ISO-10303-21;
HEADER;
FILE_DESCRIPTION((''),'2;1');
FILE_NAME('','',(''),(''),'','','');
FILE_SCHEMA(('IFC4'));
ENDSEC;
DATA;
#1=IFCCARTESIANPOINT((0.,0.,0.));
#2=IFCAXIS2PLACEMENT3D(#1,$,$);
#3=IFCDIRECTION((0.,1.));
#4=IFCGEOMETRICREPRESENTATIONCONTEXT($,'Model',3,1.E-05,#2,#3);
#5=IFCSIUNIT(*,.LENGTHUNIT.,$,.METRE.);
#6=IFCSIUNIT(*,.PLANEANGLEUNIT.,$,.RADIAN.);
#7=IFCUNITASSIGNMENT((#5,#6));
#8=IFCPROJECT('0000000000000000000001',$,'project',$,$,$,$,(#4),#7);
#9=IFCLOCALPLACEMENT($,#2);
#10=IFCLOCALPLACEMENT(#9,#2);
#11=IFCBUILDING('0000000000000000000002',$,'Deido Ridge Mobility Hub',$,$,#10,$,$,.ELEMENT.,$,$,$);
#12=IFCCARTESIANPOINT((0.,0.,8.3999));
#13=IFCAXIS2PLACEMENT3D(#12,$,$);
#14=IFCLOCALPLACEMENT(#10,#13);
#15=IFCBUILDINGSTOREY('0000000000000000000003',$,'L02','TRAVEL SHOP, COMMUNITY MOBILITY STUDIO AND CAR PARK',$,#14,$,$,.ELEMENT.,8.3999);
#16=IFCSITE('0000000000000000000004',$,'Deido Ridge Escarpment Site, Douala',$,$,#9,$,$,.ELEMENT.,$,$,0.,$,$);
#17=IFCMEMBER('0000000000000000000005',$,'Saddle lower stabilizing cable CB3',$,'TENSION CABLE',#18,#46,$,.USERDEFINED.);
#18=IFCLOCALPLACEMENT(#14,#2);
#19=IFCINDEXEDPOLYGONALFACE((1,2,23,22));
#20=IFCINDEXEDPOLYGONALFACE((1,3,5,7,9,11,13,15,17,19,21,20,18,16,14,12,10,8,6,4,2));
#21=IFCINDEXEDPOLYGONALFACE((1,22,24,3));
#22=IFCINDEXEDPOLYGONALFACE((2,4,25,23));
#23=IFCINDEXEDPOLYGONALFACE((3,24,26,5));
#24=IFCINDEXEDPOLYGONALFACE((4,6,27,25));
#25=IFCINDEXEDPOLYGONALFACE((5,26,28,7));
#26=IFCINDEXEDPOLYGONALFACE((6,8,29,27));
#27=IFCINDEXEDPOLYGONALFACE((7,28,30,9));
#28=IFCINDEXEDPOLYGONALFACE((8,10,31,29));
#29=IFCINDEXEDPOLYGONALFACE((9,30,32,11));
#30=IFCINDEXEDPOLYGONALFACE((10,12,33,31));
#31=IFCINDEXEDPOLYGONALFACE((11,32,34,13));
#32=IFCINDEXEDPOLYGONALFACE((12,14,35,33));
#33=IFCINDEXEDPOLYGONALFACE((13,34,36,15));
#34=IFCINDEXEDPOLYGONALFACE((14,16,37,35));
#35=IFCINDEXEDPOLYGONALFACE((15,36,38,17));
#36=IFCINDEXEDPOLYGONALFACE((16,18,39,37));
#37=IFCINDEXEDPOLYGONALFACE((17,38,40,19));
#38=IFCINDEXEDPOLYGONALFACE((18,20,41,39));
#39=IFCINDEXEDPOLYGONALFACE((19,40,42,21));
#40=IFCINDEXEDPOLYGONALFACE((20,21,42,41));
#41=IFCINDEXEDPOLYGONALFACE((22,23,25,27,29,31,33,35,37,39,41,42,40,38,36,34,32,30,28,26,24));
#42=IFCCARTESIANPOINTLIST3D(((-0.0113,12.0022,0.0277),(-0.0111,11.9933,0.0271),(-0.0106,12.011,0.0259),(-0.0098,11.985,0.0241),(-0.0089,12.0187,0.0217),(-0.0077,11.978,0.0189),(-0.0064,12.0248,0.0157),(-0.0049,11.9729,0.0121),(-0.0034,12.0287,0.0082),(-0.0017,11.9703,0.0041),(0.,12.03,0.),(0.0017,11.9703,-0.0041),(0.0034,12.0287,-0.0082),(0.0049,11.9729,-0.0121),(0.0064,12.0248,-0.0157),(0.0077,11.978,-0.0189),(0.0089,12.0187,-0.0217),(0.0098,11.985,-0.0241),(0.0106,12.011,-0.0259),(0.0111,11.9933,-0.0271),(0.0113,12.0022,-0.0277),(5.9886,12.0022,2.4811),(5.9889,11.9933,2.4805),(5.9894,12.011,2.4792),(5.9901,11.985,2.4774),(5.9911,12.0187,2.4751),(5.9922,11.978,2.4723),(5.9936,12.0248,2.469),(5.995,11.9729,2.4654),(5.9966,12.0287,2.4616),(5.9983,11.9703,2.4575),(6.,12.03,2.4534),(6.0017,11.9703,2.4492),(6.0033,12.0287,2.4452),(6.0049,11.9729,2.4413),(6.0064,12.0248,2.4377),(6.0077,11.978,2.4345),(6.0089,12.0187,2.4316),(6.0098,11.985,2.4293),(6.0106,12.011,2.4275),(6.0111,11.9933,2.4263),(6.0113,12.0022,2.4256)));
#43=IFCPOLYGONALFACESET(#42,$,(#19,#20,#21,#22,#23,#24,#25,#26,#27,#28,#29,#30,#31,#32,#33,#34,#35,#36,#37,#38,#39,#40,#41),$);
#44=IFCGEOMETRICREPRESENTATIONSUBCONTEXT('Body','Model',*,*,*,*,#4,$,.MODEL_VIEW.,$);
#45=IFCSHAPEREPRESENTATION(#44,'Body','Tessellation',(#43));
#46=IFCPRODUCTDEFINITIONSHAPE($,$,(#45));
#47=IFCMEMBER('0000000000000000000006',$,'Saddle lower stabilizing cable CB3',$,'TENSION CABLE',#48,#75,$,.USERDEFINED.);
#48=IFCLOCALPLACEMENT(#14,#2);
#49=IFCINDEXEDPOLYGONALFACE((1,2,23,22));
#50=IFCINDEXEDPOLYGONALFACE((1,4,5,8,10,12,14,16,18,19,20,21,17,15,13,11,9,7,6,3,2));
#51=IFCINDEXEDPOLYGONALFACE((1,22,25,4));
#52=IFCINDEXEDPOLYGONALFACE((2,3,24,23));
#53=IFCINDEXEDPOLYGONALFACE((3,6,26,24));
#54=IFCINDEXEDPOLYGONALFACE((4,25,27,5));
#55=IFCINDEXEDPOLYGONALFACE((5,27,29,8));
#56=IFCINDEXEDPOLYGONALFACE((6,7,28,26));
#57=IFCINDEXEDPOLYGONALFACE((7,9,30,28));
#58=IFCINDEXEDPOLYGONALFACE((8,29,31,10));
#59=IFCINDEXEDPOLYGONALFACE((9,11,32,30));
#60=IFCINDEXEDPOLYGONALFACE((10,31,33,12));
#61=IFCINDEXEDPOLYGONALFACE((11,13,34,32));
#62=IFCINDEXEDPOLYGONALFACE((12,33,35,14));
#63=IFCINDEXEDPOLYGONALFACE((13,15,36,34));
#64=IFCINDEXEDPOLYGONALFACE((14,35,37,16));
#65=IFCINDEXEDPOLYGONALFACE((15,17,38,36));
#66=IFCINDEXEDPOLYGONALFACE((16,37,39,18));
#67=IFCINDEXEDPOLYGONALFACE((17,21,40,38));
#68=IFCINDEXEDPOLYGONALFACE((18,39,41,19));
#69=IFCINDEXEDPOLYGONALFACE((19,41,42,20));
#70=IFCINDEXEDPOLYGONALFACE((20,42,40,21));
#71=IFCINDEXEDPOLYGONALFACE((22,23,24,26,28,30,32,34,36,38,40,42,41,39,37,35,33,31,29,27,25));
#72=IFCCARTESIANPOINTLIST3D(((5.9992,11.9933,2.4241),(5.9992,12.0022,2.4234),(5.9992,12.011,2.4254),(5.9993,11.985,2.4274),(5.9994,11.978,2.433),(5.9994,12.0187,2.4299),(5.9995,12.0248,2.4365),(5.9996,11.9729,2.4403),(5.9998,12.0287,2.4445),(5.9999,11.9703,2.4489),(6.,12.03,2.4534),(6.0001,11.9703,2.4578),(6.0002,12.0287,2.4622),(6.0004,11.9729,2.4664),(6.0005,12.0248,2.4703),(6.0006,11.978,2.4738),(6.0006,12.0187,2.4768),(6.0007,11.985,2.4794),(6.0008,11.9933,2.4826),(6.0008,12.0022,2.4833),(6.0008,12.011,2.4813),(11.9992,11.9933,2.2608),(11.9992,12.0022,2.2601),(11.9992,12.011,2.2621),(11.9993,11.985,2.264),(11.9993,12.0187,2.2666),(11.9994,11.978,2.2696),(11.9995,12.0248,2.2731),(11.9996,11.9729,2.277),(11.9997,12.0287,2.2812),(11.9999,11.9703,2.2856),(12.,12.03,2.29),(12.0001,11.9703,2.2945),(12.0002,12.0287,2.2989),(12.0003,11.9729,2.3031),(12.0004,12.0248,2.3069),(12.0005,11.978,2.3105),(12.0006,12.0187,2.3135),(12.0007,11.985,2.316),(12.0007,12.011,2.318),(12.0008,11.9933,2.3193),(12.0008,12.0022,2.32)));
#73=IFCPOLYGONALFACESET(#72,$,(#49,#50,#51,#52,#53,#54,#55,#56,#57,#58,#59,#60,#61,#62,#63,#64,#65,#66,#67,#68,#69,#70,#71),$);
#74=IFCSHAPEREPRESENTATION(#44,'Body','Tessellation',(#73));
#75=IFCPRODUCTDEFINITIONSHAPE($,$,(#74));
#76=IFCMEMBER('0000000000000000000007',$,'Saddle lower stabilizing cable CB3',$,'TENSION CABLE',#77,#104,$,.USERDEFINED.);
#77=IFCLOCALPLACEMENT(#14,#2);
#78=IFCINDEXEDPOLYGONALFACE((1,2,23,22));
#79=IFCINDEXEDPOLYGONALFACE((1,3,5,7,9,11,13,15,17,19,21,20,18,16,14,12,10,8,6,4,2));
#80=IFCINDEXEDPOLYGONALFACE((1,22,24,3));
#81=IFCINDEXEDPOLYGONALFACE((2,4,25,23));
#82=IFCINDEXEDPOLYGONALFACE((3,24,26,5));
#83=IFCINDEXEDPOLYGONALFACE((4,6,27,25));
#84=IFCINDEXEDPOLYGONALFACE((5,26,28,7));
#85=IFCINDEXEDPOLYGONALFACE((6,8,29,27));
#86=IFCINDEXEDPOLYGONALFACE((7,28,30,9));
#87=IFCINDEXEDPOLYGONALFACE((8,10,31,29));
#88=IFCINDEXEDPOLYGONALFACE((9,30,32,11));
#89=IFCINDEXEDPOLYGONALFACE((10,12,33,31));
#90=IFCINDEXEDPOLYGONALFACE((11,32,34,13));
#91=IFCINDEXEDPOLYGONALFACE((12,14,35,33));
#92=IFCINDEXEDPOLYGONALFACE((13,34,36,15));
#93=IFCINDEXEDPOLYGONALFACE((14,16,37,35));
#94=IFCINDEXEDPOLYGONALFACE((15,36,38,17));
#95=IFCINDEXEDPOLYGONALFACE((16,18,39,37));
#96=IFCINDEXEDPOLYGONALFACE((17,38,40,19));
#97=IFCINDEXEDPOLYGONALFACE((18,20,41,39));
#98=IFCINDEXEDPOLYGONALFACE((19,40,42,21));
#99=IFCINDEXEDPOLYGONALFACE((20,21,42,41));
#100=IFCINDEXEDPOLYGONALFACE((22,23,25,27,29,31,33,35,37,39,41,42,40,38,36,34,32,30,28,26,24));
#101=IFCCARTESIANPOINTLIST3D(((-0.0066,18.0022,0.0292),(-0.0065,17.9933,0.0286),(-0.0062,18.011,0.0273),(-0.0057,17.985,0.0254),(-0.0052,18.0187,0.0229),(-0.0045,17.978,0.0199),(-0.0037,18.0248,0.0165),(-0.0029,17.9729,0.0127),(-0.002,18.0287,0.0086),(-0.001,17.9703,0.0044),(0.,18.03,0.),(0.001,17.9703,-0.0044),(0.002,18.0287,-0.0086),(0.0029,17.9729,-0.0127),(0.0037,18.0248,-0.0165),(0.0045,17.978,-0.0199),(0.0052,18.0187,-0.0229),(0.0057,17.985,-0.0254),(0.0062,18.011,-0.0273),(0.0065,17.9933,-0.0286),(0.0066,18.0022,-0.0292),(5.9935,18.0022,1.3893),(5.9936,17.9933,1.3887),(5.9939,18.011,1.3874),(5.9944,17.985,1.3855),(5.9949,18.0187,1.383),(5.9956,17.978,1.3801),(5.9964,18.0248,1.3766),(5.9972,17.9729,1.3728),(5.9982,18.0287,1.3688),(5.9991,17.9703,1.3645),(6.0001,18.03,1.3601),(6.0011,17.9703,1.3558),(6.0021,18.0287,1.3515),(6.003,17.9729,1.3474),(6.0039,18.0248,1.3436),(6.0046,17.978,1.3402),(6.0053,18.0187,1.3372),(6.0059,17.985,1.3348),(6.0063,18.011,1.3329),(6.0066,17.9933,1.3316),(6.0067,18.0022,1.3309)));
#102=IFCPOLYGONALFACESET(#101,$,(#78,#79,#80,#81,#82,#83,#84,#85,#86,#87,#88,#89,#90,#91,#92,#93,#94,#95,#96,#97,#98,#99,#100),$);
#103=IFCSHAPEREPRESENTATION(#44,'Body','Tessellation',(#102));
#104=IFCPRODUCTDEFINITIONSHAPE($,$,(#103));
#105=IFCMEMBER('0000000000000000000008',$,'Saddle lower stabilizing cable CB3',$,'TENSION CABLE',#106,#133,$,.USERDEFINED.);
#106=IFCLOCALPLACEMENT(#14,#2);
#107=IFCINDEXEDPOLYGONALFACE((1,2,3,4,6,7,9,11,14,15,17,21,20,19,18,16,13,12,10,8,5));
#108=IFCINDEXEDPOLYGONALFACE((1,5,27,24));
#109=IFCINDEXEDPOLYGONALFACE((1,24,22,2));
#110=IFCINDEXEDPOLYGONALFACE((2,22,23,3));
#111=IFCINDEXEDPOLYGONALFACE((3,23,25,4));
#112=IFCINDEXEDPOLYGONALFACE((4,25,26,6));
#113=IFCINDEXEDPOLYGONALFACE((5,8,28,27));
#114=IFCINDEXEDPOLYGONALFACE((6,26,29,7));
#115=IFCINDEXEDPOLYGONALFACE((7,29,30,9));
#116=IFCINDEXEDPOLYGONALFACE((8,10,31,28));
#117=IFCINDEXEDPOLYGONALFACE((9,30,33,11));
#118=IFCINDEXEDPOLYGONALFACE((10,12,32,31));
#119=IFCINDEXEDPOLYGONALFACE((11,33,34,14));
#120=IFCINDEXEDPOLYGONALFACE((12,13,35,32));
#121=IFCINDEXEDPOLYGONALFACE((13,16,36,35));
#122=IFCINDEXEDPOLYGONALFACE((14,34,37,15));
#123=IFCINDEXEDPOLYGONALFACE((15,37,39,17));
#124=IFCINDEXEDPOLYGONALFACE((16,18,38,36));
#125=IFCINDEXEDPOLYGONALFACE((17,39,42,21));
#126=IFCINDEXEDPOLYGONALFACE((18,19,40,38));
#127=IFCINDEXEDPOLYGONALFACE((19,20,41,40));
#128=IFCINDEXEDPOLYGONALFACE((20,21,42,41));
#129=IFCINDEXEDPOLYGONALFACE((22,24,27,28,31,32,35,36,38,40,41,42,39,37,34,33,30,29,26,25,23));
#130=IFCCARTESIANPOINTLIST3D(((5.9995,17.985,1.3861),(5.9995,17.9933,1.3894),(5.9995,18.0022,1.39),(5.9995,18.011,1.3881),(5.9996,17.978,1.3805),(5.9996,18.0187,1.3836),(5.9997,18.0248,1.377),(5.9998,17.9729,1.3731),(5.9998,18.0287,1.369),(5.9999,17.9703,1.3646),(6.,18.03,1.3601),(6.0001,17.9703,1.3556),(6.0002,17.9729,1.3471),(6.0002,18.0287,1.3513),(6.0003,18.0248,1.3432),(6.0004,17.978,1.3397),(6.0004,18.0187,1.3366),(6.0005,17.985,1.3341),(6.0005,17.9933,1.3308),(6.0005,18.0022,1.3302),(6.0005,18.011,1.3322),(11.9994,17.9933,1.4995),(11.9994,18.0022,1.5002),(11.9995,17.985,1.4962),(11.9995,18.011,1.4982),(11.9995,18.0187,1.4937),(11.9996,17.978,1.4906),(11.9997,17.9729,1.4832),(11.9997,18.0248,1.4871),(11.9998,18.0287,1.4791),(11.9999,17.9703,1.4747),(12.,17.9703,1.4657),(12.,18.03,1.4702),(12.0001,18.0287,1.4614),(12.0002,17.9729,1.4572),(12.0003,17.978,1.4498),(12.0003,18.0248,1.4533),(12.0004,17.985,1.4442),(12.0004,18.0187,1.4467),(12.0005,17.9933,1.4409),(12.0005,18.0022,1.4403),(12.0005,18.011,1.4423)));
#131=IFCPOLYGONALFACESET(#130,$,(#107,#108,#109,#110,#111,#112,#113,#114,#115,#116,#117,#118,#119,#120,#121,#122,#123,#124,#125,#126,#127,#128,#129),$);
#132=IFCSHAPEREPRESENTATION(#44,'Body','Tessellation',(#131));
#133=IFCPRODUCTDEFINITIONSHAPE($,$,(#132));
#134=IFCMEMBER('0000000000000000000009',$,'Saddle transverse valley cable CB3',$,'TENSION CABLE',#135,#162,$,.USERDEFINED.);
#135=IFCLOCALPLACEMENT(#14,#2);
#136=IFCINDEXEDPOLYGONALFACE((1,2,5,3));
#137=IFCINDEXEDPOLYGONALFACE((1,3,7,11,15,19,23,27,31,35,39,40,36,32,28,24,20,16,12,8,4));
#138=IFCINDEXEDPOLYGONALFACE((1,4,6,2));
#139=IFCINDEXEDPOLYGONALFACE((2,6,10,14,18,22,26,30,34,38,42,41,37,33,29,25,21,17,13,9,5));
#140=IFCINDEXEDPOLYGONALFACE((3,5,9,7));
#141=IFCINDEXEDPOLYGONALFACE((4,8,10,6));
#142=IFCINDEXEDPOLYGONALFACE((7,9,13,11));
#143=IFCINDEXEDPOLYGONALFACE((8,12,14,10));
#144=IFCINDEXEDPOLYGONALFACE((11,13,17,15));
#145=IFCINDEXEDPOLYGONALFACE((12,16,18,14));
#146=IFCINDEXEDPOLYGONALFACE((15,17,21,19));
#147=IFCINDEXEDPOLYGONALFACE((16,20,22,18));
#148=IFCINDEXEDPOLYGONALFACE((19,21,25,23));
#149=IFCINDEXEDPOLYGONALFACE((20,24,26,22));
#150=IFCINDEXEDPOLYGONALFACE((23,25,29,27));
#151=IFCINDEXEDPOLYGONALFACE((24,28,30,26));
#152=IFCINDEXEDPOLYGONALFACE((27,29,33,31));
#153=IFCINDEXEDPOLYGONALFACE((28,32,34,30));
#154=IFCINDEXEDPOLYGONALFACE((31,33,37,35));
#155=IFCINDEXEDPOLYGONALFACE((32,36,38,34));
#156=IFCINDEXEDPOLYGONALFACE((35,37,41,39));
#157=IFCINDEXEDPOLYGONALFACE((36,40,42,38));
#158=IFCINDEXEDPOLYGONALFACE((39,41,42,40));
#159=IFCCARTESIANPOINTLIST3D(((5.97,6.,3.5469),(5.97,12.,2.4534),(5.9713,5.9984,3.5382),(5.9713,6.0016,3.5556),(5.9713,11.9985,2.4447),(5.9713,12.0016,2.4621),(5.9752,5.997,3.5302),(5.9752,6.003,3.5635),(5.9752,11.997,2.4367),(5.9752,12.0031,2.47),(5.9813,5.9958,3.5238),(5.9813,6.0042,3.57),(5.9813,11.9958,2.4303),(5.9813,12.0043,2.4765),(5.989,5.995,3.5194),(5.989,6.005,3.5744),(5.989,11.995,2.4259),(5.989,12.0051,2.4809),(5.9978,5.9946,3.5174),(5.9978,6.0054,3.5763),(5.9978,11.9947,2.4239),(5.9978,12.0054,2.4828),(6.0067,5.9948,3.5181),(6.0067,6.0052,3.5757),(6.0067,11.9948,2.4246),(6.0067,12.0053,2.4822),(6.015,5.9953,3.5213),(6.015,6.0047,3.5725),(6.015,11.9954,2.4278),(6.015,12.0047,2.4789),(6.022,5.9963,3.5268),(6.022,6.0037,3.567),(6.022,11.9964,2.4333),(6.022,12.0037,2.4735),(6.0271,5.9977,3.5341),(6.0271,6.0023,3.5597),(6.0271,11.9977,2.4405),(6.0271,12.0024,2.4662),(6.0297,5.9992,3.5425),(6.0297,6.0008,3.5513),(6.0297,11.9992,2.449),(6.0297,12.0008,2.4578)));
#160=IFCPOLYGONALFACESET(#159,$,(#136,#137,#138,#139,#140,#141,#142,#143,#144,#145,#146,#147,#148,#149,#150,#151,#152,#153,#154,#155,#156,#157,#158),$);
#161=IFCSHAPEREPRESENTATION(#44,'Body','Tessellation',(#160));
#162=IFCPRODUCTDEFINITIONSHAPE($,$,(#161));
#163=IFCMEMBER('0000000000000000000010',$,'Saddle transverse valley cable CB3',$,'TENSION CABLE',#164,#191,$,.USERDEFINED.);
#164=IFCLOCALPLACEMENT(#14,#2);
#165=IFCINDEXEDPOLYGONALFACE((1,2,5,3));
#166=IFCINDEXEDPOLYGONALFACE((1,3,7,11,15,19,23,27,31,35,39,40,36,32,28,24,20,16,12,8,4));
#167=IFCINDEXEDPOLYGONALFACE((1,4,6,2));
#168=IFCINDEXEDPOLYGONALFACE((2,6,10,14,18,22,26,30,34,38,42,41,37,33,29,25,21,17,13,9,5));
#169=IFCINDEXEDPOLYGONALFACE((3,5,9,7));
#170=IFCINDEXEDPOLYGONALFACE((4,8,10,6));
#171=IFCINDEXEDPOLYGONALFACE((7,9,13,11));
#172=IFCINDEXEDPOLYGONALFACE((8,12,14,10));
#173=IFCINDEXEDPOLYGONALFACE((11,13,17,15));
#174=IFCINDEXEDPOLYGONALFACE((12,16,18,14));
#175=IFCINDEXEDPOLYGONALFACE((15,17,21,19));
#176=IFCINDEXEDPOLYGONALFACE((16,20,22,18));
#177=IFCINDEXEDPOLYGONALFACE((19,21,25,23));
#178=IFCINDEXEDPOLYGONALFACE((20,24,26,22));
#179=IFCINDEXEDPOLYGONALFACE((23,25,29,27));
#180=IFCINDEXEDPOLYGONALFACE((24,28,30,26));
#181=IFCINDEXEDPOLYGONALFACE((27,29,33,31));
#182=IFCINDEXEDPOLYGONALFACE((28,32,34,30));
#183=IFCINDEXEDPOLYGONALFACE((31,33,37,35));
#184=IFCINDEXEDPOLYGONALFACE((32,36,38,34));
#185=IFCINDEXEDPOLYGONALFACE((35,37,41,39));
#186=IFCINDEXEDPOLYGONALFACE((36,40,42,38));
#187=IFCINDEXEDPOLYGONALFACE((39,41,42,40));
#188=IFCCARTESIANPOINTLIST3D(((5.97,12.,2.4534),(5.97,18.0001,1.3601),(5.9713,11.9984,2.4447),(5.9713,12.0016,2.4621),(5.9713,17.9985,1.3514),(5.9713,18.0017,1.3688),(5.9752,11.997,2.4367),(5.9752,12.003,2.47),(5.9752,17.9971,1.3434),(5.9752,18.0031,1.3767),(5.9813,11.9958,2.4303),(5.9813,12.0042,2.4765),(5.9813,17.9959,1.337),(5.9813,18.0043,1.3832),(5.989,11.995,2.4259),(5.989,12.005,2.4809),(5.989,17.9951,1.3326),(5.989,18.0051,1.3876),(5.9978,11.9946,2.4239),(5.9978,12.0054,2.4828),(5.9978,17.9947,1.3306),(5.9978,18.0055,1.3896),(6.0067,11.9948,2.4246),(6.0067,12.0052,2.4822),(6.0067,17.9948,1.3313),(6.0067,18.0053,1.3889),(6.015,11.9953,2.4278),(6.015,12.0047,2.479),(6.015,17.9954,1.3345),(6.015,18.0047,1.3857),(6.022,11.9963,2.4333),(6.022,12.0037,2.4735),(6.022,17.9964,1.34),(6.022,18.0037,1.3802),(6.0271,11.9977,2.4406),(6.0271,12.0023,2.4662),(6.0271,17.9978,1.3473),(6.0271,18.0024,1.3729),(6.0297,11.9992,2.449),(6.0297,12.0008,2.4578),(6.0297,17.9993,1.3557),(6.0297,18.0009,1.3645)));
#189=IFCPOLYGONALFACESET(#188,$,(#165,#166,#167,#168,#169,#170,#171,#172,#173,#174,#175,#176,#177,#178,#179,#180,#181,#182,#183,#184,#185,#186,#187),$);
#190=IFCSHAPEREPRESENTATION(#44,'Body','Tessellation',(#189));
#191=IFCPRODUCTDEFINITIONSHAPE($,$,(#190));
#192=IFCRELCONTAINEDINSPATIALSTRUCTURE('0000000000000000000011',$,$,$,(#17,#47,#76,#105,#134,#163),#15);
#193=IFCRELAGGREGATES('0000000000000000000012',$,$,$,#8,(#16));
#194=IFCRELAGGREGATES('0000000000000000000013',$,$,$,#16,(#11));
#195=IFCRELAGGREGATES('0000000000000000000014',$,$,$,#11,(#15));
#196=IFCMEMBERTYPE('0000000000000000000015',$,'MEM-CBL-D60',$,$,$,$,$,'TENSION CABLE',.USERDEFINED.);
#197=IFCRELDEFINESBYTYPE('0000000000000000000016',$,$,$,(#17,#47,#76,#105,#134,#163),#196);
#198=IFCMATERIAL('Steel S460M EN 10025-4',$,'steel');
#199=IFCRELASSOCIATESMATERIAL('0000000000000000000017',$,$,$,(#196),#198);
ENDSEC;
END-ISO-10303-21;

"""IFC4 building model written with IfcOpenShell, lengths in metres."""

from ifc_helpers import new_model, si_unit, direction, frame, origin, origin_2d, place, context, subcontext, project, spatial, circle, extrude, material, material_profile, profile_set, type_object, element, save


model = new_model("IFC4")

# Units and contexts
model_context = context("Model", 3, precision=1e-05, world=origin(), true_north=direction((0.0, 1.0)))
body_context = subcontext(model_context, "Body", "Model", "MODEL_VIEW")
ifc_project = project(units=[si_unit("LENGTHUNIT", "METRE"), si_unit("PLANEANGLEUNIT", "RADIAN")], contexts=[model_context])

# Site, building, storey
site_placement = place(None, origin())
site = spatial("IfcSite", under=ifc_project, at=site_placement, Name="Deido Ridge Escarpment Site, Douala", CompositionType="ELEMENT", RefElevation=0.0)
building_placement = place(site_placement, origin())
building = spatial("IfcBuilding", under=site, at=building_placement, Name="Deido Ridge Mobility Hub", CompositionType="ELEMENT")
storey_placement = place(building_placement, frame((0.0, 0.0, 8.3999)))
storey = spatial("IfcBuildingStorey", under=building, at=storey_placement, Name="L02", Description="TRAVEL SHOP, COMMUNITY MOBILITY STUDIO AND CAR PARK", CompositionType="ELEMENT", Elevation=8.3999)

# Members
ifc_material_1 = material(Name="Steel S460M EN 10025-4", Category="steel")
ifc_material_profile_1 = material_profile(ifc_material_1, circle(Radius=0.03, at=origin_2d()), Name="CABLE D60")
ifc_profile_set_1 = profile_set([ifc_material_profile_1], Name="Steel S460M EN 10025-4")
member_type_1 = type_object("IfcMemberType", Name="MEM-CBL-D60", ElementType="TENSION CABLE", PredefinedType="USERDEFINED", material=ifc_profile_set_1)
member_1_placement = place(storey_placement, frame((0.0, 12.0, 0.0), z_axis=(0.925611, 0.0, 0.378477), x_axis=(0.0, 1.0, 0.0)))
element("IfcMember", 1, at=member_1_placement, inside=storey, type_object=member_type_1, Name="Saddle lower stabilizing cable CB3", ObjectType="TENSION CABLE", PredefinedType="USERDEFINED", context=body_context, shape_type="SweptSolid", body=[
    extrude(circle(Radius=0.03, at=origin_2d()), origin(), (0.0, 0.0, 1.0), 6.4822),
])
member_2_placement = place(storey_placement, frame((6.0, 12.0, 2.4534), z_axis=(0.99963, 0.0, -0.027212), x_axis=(0.0, 1.0, 0.0)))
element("IfcMember", 2, at=member_2_placement, inside=storey, type_object=member_type_1, Name="Saddle lower stabilizing cable CB3", ObjectType="TENSION CABLE", PredefinedType="USERDEFINED", context=body_context, shape_type="SweptSolid", body=[
    extrude(circle(Radius=0.03, at=origin_2d()), origin(), (0.0, 0.0, 1.0), 6.0022),
])
member_3_placement = place(storey_placement, frame((0.0, 18.0, 0.0), z_axis=(0.975257, 0.0, 0.221076), x_axis=(0.0, 1.0, 0.0)))
element("IfcMember", 3, at=member_3_placement, inside=storey, type_object=member_type_1, Name="Saddle lower stabilizing cable CB3", ObjectType="TENSION CABLE", PredefinedType="USERDEFINED", context=body_context, shape_type="SweptSolid", body=[
    extrude(circle(Radius=0.03, at=origin_2d()), origin(), (0.0, 0.0, 1.0), 6.1523),
])
member_4_placement = place(storey_placement, frame((6.0, 18.0, 1.3601), z_axis=(0.999832, 0.0, 0.018348), x_axis=(0.0, 1.0, 0.0)))
element("IfcMember", 4, at=member_4_placement, inside=storey, type_object=member_type_1, Name="Saddle lower stabilizing cable CB3", ObjectType="TENSION CABLE", PredefinedType="USERDEFINED", context=body_context, shape_type="SweptSolid", body=[
    extrude(circle(Radius=0.03, at=origin_2d()), origin(), (0.0, 0.0, 1.0), 6.001),
])
for number, where, z_axis, x_axis, name in (
    (5, (6.0, 6.0, 3.5469), (0.0, 0.983795, -0.179298), (-1.0, 0.0, 0.0), "Saddle transverse valley cable CB3"),
    (6, (6.0, 12.0, 2.4534), (0.0, 0.983802, -0.179259), (-1.0, 0.0, 0.0), "Saddle transverse valley cable CB3"),
):
    element("IfcMember", number, at=place(storey_placement, frame(where, z_axis=z_axis, x_axis=x_axis)), inside=storey, type_object=member_type_1, Name=name, ObjectType="TENSION CABLE", PredefinedType="USERDEFINED", context=body_context, shape_type="SweptSolid", body=[
        extrude(circle(Radius=0.03, at=origin_2d()), origin(), (0.0, 0.0, 1.0), 6.0989),
    ])

save(model, "model.ifc")
